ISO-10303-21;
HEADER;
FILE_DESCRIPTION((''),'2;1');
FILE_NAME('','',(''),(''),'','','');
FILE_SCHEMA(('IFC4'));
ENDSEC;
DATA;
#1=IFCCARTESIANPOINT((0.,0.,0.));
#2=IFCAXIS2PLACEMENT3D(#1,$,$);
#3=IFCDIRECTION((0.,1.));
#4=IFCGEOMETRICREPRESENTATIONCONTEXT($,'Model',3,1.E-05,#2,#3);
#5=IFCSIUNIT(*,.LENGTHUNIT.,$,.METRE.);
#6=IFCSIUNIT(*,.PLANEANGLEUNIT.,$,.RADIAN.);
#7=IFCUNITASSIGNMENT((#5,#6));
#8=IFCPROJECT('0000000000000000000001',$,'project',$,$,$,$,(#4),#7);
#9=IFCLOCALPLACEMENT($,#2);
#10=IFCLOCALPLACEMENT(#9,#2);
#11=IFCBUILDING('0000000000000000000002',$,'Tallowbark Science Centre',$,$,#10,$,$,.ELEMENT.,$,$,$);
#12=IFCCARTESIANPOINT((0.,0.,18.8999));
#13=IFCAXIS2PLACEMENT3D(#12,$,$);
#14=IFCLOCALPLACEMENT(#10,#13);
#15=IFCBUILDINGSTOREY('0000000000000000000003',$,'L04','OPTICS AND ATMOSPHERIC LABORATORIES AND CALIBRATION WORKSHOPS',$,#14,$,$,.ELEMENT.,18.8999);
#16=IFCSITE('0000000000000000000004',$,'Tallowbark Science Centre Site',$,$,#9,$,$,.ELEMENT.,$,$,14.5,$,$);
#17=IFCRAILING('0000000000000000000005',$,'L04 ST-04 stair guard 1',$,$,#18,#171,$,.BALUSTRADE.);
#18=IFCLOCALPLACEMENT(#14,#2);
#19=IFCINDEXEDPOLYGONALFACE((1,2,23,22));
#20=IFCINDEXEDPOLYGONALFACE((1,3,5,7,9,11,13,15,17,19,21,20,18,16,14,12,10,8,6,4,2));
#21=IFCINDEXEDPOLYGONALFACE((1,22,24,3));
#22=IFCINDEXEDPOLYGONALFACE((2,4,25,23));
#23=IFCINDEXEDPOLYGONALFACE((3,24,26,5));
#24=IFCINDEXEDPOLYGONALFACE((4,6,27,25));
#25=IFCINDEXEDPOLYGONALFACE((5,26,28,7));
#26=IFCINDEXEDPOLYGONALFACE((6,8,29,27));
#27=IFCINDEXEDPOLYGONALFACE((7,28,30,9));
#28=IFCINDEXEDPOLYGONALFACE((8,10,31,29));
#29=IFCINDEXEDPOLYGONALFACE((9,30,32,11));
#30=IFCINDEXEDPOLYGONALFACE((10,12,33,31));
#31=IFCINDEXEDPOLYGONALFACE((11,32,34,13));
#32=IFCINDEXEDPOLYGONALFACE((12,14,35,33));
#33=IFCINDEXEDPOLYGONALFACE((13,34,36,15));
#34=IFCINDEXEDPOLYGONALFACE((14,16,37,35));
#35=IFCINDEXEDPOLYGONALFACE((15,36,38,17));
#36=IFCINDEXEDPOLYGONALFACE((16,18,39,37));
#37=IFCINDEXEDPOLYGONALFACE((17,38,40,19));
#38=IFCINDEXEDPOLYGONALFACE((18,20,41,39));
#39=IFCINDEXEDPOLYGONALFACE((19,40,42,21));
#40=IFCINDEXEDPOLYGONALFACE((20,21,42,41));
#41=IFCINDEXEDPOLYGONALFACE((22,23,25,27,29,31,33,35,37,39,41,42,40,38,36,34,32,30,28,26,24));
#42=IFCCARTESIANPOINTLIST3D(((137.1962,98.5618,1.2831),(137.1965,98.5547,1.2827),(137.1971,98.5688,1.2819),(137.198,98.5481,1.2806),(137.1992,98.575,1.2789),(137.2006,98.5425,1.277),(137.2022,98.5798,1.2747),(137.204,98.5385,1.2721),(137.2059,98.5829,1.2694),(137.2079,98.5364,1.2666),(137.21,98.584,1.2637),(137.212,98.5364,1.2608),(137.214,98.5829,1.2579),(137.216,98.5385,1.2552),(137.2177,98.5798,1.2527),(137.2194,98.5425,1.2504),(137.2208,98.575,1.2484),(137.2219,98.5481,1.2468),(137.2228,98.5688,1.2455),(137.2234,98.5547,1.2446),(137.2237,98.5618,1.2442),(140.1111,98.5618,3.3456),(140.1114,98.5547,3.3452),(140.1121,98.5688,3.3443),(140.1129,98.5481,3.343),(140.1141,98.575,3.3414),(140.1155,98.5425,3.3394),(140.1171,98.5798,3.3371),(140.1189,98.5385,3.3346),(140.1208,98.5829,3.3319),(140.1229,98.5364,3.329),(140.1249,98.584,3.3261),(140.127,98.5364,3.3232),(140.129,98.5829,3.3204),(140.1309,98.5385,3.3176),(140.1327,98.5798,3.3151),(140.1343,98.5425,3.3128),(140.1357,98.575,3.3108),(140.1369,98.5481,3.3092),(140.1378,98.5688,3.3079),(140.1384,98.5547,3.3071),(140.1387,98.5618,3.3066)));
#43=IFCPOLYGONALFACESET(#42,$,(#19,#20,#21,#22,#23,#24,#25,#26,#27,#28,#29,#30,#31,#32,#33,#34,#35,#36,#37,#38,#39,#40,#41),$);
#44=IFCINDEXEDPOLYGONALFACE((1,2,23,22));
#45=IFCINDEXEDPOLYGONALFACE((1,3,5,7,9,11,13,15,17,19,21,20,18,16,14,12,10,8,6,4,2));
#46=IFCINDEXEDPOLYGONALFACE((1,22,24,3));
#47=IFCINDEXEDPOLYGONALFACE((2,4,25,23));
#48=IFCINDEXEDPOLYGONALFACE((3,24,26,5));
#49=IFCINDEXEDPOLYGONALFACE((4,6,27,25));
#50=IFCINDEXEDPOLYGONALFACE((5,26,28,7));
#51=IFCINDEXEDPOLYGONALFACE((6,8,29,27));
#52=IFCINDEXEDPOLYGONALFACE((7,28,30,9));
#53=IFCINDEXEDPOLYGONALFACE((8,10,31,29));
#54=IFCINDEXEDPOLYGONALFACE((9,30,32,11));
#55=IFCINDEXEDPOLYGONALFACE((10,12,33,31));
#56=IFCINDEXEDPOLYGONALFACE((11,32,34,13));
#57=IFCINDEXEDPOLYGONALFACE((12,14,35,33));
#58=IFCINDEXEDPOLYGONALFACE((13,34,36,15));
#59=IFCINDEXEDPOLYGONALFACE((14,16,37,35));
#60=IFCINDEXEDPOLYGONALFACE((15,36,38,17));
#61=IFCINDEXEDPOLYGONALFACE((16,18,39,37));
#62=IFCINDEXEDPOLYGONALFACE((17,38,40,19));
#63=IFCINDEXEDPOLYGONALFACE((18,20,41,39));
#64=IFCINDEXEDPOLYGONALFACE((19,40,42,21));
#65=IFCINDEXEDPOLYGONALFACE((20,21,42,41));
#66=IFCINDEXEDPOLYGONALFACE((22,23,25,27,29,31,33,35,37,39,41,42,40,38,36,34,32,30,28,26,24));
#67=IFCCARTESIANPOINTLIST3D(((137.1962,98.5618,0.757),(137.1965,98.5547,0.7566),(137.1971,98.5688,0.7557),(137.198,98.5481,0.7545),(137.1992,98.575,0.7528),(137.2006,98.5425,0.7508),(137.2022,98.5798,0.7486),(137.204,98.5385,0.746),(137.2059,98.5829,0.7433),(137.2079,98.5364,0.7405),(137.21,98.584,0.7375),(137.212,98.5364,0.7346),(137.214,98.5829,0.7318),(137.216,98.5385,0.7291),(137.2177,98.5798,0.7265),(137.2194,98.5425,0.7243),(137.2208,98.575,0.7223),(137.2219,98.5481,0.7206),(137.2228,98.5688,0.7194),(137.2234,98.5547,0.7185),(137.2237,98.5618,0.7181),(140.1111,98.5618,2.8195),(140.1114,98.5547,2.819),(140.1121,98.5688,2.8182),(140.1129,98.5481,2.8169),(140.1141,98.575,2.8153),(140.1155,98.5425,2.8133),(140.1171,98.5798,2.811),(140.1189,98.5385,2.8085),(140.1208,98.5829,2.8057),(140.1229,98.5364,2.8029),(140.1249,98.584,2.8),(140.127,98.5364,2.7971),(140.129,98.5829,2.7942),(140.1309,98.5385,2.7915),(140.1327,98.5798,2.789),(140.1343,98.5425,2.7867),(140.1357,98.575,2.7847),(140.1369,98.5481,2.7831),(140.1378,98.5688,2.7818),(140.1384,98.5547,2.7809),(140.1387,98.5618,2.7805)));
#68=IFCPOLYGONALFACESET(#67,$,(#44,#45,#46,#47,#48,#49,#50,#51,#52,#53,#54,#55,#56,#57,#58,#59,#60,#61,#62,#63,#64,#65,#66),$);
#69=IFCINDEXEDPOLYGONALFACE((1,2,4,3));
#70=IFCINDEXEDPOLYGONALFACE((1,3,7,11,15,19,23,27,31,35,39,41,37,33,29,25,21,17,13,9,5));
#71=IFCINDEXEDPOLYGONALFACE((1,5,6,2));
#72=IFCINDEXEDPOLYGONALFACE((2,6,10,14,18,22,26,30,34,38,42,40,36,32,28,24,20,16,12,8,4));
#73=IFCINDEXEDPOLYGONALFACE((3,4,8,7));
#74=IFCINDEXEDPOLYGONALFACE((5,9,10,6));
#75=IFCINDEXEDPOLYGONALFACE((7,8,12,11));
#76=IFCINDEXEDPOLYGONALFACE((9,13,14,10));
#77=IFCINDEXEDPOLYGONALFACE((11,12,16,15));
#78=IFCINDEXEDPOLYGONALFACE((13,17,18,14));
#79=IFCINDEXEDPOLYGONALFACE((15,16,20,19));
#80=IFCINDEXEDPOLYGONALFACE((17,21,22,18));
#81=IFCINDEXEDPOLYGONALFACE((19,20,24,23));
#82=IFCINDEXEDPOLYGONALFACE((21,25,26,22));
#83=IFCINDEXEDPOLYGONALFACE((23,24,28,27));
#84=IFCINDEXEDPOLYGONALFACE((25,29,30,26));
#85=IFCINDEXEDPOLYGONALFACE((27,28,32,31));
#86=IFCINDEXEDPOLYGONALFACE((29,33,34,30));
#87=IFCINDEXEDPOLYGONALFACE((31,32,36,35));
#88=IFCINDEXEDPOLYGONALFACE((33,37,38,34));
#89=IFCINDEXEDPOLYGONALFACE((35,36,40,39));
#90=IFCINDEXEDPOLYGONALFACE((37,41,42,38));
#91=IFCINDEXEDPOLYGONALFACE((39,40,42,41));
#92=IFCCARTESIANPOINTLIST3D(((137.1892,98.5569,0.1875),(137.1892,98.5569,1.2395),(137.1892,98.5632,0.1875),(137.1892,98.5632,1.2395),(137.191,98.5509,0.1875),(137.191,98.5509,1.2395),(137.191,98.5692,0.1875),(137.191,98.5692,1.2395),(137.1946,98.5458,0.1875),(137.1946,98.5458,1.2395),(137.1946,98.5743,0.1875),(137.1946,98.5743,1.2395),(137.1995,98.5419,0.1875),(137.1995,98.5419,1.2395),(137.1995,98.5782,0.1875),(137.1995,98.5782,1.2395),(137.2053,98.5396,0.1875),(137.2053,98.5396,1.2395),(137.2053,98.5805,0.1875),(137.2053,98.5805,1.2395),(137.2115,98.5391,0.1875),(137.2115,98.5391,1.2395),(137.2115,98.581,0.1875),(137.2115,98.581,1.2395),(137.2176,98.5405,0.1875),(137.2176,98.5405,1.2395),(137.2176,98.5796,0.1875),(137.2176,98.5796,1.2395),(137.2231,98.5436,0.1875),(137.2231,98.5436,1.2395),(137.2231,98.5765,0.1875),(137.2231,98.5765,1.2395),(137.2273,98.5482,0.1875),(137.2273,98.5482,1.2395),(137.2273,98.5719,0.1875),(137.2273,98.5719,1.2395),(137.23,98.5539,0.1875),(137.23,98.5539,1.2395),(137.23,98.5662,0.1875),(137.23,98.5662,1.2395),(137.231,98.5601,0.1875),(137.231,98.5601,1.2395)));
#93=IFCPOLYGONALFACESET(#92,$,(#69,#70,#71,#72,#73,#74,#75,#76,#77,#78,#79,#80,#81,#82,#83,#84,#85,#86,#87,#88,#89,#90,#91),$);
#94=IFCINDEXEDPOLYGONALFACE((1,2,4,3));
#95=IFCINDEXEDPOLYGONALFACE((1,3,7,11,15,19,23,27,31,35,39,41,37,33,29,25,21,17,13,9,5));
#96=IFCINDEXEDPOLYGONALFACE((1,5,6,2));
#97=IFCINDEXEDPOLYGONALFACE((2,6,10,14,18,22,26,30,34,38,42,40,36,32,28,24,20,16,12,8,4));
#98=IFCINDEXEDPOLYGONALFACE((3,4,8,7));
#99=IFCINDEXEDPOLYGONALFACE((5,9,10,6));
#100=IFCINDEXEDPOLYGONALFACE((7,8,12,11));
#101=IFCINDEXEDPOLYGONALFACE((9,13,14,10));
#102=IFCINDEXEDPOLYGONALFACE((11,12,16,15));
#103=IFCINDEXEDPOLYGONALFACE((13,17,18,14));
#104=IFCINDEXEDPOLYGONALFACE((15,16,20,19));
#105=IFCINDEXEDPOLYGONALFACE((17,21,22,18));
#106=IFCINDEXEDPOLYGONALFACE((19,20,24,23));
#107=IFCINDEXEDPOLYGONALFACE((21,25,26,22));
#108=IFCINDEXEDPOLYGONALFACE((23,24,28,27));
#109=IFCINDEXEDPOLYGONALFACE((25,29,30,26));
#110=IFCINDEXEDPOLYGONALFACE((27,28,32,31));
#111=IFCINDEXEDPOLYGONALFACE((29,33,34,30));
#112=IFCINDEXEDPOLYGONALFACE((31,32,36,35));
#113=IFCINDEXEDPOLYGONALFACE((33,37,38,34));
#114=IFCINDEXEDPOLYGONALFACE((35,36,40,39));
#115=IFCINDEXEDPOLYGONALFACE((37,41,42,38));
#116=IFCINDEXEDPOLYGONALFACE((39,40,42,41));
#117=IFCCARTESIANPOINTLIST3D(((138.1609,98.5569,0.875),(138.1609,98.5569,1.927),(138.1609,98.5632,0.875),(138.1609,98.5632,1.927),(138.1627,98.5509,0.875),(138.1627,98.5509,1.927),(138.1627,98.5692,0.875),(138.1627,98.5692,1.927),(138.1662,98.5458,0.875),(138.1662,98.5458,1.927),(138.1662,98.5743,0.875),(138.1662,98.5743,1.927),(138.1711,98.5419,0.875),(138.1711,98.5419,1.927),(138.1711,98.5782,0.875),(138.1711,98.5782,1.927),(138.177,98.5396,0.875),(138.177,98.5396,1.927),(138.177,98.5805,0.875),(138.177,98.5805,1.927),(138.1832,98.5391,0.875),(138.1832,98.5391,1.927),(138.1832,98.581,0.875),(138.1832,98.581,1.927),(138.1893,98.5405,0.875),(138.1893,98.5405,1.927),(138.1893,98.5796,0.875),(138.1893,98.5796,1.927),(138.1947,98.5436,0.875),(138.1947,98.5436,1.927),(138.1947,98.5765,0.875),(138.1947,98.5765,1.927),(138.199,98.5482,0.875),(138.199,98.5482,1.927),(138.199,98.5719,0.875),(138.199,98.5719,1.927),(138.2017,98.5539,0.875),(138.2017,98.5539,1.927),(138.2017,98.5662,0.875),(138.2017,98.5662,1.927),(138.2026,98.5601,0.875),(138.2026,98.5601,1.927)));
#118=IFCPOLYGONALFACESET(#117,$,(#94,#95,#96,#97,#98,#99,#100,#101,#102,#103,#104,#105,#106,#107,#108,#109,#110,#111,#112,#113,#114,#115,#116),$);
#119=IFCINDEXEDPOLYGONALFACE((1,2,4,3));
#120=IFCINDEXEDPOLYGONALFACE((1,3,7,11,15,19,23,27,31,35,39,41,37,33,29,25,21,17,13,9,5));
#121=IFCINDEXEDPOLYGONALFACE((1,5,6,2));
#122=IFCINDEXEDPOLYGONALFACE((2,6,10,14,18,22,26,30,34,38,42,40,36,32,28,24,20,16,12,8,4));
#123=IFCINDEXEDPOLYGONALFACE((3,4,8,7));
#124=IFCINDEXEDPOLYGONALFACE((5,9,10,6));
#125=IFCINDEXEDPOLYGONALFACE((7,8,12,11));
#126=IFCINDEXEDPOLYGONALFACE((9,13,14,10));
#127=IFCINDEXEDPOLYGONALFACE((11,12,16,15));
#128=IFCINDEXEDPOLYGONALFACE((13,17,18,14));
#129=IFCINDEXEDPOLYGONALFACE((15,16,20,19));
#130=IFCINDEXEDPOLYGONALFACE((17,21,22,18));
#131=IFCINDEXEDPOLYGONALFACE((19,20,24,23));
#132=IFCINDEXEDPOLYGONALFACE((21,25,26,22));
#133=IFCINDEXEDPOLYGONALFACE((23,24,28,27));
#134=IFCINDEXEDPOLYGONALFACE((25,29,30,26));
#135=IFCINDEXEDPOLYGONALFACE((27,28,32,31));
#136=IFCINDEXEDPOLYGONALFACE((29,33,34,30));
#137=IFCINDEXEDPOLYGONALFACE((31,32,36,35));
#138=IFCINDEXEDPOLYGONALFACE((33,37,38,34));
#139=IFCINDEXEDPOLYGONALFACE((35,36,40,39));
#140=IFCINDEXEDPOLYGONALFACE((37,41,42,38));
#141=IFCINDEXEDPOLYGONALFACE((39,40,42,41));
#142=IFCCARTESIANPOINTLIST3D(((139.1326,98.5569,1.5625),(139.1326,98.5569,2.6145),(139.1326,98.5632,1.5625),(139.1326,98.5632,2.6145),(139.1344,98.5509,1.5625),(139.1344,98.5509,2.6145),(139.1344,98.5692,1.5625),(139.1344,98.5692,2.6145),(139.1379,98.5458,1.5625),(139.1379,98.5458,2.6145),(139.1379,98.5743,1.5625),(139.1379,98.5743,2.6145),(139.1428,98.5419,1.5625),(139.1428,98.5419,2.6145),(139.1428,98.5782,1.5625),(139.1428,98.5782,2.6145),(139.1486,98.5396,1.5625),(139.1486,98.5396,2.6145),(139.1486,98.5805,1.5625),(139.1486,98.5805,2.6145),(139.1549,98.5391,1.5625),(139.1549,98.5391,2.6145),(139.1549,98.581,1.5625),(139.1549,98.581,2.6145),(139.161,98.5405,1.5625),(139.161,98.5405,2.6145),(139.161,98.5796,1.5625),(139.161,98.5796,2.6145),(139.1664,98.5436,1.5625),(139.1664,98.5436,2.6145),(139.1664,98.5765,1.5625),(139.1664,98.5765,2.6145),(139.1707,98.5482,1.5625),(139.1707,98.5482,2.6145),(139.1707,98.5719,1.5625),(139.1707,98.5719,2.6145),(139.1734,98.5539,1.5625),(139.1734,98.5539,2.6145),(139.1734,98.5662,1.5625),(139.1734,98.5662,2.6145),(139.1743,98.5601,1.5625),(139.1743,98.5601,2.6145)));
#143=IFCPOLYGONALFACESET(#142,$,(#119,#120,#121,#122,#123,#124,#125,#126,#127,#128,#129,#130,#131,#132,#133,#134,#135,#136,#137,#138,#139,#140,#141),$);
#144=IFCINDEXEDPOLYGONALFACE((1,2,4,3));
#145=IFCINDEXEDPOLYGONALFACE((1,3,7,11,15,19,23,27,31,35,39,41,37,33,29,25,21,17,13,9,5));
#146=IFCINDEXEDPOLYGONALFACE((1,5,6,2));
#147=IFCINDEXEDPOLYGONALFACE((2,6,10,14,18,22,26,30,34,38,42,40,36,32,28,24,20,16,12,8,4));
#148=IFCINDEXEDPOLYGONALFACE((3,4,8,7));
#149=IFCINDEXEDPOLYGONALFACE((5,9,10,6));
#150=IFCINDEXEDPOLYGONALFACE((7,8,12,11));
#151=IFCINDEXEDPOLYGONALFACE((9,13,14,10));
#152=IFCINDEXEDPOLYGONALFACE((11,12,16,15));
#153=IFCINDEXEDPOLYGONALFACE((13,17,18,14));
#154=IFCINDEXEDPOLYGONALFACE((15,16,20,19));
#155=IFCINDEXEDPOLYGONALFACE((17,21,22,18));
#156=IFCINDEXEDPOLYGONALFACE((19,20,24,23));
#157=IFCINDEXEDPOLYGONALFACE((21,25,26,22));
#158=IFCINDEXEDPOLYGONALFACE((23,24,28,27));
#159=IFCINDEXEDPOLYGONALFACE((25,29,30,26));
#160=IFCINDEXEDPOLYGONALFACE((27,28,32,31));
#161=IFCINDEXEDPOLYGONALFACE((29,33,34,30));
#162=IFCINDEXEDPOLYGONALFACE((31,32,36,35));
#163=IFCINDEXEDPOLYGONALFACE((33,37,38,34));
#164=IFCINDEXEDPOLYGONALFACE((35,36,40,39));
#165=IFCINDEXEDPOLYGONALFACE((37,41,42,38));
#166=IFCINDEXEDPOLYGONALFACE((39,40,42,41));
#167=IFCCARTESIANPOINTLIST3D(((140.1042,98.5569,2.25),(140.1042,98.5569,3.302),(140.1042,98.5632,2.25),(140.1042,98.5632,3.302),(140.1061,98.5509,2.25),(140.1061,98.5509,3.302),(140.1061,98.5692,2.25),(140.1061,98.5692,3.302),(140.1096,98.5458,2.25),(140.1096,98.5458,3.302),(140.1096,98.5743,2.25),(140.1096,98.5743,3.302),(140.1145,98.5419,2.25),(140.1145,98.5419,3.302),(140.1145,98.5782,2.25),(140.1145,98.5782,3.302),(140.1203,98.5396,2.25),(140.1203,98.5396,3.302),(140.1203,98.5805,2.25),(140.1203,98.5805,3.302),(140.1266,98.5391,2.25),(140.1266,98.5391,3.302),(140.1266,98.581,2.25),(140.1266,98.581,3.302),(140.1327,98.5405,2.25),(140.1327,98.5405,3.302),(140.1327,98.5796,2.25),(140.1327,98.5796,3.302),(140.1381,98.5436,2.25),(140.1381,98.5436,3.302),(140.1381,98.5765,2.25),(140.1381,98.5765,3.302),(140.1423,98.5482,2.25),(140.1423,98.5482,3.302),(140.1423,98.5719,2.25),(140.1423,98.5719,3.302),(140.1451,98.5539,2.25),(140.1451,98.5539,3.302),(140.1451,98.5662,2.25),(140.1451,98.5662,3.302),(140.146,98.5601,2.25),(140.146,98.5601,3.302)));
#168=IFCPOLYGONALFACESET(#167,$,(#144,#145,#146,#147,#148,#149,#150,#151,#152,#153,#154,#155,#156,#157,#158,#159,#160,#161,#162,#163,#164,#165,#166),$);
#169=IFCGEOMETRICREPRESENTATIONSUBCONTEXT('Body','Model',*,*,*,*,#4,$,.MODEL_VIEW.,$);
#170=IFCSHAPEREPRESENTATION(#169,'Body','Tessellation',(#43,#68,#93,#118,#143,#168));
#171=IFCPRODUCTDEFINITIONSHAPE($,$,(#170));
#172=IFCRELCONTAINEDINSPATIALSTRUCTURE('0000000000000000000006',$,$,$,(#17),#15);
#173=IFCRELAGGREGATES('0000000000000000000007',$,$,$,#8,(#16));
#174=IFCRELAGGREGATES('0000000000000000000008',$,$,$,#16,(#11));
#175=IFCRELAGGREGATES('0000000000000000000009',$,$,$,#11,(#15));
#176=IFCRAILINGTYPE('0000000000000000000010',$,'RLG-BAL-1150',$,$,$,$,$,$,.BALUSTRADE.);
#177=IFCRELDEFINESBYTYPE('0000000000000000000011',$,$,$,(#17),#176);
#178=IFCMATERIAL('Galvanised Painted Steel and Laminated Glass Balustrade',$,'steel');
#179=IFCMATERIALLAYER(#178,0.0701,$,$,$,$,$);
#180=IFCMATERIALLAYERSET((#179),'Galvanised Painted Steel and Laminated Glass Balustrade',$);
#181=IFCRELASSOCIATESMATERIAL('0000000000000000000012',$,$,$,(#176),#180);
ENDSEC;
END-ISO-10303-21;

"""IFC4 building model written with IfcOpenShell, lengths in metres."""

from ifc_helpers import new_model, si_unit, direction, frame, origin, origin_2d, place, context, subcontext, project, spatial, circle, extrude, material, layer, layer_set, type_object, element, save


model = new_model("IFC4")

# Units and contexts
model_context = context("Model", 3, precision=1e-05, world=origin(), true_north=direction((0.0, 1.0)))
body_context = subcontext(model_context, "Body", "Model", "MODEL_VIEW")
ifc_project = project(units=[si_unit("LENGTHUNIT", "METRE"), si_unit("PLANEANGLEUNIT", "RADIAN")], contexts=[model_context])

# Site, building, storey
site_placement = place(None, origin())
site = spatial("IfcSite", under=ifc_project, at=site_placement, Name="Tallowbark Science Centre Site", CompositionType="ELEMENT", RefElevation=14.5)
building_placement = place(site_placement, origin())
building = spatial("IfcBuilding", under=site, at=building_placement, Name="Tallowbark Science Centre", CompositionType="ELEMENT")
storey_placement = place(building_placement, frame((0.0, 0.0, 18.8999)))
storey = spatial("IfcBuildingStorey", under=building, at=storey_placement, Name="L04", Description="OPTICS AND ATMOSPHERIC LABORATORIES AND CALIBRATION WORKSHOPS", CompositionType="ELEMENT", Elevation=18.8999)

# Railing
ifc_material_1 = material(Name="Galvanised Painted Steel and Laminated Glass Balustrade", Category="steel")
ifc_layer_1 = layer(ifc_material_1, 0.0701)
ifc_layer_set_1 = layer_set([ifc_layer_1], Name="Galvanised Painted Steel and Laminated Glass Balustrade")
railing_type_1 = type_object("IfcRailingType", Name="RLG-BAL-1150", PredefinedType="BALUSTRADE", material=ifc_layer_set_1)
railing_1_placement = place(storey_placement, frame((137.21, 98.5601, 0.1875)))
element("IfcRailing", 1, at=railing_1_placement, inside=storey, type_object=railing_type_1, Name="L04 ST-04 stair guard 1", PredefinedType="BALUSTRADE", context=body_context, shape_type="SweptSolid", body=[
    extrude(circle(Radius=0.0239, at=origin_2d()), frame((0.0, 0.0, 1.0762), z_axis=(0.816331, 0.0, 0.577585), x_axis=(0.0, 1.0, 0.0)), (0.0, 0.0, 1.0), 3.5708),
    extrude(circle(Radius=0.0239, at=origin_2d()), frame((0.0, 0.0, 0.55), z_axis=(0.816331, 0.0, 0.577585), x_axis=(0.0, 1.0, 0.0)), (0.0, 0.0, 1.0), 3.5708),
    extrude(circle(Radius=0.021, at=origin_2d()), origin(), (0.0, 0.0, 1.0), 1.052),
    extrude(circle(Radius=0.021, at=origin_2d()), frame((0.9717, 0.0, 0.6875)), (0.0, 0.0, 1.0), 1.052),
    extrude(circle(Radius=0.021, at=origin_2d()), frame((1.9434, 0.0, 1.375)), (0.0, 0.0, 1.0), 1.052),
    extrude(circle(Radius=0.021, at=origin_2d()), frame((2.915, 0.0, 2.0625)), (0.0, 0.0, 1.0), 1.052),
])

save(model, "model.ifc")
